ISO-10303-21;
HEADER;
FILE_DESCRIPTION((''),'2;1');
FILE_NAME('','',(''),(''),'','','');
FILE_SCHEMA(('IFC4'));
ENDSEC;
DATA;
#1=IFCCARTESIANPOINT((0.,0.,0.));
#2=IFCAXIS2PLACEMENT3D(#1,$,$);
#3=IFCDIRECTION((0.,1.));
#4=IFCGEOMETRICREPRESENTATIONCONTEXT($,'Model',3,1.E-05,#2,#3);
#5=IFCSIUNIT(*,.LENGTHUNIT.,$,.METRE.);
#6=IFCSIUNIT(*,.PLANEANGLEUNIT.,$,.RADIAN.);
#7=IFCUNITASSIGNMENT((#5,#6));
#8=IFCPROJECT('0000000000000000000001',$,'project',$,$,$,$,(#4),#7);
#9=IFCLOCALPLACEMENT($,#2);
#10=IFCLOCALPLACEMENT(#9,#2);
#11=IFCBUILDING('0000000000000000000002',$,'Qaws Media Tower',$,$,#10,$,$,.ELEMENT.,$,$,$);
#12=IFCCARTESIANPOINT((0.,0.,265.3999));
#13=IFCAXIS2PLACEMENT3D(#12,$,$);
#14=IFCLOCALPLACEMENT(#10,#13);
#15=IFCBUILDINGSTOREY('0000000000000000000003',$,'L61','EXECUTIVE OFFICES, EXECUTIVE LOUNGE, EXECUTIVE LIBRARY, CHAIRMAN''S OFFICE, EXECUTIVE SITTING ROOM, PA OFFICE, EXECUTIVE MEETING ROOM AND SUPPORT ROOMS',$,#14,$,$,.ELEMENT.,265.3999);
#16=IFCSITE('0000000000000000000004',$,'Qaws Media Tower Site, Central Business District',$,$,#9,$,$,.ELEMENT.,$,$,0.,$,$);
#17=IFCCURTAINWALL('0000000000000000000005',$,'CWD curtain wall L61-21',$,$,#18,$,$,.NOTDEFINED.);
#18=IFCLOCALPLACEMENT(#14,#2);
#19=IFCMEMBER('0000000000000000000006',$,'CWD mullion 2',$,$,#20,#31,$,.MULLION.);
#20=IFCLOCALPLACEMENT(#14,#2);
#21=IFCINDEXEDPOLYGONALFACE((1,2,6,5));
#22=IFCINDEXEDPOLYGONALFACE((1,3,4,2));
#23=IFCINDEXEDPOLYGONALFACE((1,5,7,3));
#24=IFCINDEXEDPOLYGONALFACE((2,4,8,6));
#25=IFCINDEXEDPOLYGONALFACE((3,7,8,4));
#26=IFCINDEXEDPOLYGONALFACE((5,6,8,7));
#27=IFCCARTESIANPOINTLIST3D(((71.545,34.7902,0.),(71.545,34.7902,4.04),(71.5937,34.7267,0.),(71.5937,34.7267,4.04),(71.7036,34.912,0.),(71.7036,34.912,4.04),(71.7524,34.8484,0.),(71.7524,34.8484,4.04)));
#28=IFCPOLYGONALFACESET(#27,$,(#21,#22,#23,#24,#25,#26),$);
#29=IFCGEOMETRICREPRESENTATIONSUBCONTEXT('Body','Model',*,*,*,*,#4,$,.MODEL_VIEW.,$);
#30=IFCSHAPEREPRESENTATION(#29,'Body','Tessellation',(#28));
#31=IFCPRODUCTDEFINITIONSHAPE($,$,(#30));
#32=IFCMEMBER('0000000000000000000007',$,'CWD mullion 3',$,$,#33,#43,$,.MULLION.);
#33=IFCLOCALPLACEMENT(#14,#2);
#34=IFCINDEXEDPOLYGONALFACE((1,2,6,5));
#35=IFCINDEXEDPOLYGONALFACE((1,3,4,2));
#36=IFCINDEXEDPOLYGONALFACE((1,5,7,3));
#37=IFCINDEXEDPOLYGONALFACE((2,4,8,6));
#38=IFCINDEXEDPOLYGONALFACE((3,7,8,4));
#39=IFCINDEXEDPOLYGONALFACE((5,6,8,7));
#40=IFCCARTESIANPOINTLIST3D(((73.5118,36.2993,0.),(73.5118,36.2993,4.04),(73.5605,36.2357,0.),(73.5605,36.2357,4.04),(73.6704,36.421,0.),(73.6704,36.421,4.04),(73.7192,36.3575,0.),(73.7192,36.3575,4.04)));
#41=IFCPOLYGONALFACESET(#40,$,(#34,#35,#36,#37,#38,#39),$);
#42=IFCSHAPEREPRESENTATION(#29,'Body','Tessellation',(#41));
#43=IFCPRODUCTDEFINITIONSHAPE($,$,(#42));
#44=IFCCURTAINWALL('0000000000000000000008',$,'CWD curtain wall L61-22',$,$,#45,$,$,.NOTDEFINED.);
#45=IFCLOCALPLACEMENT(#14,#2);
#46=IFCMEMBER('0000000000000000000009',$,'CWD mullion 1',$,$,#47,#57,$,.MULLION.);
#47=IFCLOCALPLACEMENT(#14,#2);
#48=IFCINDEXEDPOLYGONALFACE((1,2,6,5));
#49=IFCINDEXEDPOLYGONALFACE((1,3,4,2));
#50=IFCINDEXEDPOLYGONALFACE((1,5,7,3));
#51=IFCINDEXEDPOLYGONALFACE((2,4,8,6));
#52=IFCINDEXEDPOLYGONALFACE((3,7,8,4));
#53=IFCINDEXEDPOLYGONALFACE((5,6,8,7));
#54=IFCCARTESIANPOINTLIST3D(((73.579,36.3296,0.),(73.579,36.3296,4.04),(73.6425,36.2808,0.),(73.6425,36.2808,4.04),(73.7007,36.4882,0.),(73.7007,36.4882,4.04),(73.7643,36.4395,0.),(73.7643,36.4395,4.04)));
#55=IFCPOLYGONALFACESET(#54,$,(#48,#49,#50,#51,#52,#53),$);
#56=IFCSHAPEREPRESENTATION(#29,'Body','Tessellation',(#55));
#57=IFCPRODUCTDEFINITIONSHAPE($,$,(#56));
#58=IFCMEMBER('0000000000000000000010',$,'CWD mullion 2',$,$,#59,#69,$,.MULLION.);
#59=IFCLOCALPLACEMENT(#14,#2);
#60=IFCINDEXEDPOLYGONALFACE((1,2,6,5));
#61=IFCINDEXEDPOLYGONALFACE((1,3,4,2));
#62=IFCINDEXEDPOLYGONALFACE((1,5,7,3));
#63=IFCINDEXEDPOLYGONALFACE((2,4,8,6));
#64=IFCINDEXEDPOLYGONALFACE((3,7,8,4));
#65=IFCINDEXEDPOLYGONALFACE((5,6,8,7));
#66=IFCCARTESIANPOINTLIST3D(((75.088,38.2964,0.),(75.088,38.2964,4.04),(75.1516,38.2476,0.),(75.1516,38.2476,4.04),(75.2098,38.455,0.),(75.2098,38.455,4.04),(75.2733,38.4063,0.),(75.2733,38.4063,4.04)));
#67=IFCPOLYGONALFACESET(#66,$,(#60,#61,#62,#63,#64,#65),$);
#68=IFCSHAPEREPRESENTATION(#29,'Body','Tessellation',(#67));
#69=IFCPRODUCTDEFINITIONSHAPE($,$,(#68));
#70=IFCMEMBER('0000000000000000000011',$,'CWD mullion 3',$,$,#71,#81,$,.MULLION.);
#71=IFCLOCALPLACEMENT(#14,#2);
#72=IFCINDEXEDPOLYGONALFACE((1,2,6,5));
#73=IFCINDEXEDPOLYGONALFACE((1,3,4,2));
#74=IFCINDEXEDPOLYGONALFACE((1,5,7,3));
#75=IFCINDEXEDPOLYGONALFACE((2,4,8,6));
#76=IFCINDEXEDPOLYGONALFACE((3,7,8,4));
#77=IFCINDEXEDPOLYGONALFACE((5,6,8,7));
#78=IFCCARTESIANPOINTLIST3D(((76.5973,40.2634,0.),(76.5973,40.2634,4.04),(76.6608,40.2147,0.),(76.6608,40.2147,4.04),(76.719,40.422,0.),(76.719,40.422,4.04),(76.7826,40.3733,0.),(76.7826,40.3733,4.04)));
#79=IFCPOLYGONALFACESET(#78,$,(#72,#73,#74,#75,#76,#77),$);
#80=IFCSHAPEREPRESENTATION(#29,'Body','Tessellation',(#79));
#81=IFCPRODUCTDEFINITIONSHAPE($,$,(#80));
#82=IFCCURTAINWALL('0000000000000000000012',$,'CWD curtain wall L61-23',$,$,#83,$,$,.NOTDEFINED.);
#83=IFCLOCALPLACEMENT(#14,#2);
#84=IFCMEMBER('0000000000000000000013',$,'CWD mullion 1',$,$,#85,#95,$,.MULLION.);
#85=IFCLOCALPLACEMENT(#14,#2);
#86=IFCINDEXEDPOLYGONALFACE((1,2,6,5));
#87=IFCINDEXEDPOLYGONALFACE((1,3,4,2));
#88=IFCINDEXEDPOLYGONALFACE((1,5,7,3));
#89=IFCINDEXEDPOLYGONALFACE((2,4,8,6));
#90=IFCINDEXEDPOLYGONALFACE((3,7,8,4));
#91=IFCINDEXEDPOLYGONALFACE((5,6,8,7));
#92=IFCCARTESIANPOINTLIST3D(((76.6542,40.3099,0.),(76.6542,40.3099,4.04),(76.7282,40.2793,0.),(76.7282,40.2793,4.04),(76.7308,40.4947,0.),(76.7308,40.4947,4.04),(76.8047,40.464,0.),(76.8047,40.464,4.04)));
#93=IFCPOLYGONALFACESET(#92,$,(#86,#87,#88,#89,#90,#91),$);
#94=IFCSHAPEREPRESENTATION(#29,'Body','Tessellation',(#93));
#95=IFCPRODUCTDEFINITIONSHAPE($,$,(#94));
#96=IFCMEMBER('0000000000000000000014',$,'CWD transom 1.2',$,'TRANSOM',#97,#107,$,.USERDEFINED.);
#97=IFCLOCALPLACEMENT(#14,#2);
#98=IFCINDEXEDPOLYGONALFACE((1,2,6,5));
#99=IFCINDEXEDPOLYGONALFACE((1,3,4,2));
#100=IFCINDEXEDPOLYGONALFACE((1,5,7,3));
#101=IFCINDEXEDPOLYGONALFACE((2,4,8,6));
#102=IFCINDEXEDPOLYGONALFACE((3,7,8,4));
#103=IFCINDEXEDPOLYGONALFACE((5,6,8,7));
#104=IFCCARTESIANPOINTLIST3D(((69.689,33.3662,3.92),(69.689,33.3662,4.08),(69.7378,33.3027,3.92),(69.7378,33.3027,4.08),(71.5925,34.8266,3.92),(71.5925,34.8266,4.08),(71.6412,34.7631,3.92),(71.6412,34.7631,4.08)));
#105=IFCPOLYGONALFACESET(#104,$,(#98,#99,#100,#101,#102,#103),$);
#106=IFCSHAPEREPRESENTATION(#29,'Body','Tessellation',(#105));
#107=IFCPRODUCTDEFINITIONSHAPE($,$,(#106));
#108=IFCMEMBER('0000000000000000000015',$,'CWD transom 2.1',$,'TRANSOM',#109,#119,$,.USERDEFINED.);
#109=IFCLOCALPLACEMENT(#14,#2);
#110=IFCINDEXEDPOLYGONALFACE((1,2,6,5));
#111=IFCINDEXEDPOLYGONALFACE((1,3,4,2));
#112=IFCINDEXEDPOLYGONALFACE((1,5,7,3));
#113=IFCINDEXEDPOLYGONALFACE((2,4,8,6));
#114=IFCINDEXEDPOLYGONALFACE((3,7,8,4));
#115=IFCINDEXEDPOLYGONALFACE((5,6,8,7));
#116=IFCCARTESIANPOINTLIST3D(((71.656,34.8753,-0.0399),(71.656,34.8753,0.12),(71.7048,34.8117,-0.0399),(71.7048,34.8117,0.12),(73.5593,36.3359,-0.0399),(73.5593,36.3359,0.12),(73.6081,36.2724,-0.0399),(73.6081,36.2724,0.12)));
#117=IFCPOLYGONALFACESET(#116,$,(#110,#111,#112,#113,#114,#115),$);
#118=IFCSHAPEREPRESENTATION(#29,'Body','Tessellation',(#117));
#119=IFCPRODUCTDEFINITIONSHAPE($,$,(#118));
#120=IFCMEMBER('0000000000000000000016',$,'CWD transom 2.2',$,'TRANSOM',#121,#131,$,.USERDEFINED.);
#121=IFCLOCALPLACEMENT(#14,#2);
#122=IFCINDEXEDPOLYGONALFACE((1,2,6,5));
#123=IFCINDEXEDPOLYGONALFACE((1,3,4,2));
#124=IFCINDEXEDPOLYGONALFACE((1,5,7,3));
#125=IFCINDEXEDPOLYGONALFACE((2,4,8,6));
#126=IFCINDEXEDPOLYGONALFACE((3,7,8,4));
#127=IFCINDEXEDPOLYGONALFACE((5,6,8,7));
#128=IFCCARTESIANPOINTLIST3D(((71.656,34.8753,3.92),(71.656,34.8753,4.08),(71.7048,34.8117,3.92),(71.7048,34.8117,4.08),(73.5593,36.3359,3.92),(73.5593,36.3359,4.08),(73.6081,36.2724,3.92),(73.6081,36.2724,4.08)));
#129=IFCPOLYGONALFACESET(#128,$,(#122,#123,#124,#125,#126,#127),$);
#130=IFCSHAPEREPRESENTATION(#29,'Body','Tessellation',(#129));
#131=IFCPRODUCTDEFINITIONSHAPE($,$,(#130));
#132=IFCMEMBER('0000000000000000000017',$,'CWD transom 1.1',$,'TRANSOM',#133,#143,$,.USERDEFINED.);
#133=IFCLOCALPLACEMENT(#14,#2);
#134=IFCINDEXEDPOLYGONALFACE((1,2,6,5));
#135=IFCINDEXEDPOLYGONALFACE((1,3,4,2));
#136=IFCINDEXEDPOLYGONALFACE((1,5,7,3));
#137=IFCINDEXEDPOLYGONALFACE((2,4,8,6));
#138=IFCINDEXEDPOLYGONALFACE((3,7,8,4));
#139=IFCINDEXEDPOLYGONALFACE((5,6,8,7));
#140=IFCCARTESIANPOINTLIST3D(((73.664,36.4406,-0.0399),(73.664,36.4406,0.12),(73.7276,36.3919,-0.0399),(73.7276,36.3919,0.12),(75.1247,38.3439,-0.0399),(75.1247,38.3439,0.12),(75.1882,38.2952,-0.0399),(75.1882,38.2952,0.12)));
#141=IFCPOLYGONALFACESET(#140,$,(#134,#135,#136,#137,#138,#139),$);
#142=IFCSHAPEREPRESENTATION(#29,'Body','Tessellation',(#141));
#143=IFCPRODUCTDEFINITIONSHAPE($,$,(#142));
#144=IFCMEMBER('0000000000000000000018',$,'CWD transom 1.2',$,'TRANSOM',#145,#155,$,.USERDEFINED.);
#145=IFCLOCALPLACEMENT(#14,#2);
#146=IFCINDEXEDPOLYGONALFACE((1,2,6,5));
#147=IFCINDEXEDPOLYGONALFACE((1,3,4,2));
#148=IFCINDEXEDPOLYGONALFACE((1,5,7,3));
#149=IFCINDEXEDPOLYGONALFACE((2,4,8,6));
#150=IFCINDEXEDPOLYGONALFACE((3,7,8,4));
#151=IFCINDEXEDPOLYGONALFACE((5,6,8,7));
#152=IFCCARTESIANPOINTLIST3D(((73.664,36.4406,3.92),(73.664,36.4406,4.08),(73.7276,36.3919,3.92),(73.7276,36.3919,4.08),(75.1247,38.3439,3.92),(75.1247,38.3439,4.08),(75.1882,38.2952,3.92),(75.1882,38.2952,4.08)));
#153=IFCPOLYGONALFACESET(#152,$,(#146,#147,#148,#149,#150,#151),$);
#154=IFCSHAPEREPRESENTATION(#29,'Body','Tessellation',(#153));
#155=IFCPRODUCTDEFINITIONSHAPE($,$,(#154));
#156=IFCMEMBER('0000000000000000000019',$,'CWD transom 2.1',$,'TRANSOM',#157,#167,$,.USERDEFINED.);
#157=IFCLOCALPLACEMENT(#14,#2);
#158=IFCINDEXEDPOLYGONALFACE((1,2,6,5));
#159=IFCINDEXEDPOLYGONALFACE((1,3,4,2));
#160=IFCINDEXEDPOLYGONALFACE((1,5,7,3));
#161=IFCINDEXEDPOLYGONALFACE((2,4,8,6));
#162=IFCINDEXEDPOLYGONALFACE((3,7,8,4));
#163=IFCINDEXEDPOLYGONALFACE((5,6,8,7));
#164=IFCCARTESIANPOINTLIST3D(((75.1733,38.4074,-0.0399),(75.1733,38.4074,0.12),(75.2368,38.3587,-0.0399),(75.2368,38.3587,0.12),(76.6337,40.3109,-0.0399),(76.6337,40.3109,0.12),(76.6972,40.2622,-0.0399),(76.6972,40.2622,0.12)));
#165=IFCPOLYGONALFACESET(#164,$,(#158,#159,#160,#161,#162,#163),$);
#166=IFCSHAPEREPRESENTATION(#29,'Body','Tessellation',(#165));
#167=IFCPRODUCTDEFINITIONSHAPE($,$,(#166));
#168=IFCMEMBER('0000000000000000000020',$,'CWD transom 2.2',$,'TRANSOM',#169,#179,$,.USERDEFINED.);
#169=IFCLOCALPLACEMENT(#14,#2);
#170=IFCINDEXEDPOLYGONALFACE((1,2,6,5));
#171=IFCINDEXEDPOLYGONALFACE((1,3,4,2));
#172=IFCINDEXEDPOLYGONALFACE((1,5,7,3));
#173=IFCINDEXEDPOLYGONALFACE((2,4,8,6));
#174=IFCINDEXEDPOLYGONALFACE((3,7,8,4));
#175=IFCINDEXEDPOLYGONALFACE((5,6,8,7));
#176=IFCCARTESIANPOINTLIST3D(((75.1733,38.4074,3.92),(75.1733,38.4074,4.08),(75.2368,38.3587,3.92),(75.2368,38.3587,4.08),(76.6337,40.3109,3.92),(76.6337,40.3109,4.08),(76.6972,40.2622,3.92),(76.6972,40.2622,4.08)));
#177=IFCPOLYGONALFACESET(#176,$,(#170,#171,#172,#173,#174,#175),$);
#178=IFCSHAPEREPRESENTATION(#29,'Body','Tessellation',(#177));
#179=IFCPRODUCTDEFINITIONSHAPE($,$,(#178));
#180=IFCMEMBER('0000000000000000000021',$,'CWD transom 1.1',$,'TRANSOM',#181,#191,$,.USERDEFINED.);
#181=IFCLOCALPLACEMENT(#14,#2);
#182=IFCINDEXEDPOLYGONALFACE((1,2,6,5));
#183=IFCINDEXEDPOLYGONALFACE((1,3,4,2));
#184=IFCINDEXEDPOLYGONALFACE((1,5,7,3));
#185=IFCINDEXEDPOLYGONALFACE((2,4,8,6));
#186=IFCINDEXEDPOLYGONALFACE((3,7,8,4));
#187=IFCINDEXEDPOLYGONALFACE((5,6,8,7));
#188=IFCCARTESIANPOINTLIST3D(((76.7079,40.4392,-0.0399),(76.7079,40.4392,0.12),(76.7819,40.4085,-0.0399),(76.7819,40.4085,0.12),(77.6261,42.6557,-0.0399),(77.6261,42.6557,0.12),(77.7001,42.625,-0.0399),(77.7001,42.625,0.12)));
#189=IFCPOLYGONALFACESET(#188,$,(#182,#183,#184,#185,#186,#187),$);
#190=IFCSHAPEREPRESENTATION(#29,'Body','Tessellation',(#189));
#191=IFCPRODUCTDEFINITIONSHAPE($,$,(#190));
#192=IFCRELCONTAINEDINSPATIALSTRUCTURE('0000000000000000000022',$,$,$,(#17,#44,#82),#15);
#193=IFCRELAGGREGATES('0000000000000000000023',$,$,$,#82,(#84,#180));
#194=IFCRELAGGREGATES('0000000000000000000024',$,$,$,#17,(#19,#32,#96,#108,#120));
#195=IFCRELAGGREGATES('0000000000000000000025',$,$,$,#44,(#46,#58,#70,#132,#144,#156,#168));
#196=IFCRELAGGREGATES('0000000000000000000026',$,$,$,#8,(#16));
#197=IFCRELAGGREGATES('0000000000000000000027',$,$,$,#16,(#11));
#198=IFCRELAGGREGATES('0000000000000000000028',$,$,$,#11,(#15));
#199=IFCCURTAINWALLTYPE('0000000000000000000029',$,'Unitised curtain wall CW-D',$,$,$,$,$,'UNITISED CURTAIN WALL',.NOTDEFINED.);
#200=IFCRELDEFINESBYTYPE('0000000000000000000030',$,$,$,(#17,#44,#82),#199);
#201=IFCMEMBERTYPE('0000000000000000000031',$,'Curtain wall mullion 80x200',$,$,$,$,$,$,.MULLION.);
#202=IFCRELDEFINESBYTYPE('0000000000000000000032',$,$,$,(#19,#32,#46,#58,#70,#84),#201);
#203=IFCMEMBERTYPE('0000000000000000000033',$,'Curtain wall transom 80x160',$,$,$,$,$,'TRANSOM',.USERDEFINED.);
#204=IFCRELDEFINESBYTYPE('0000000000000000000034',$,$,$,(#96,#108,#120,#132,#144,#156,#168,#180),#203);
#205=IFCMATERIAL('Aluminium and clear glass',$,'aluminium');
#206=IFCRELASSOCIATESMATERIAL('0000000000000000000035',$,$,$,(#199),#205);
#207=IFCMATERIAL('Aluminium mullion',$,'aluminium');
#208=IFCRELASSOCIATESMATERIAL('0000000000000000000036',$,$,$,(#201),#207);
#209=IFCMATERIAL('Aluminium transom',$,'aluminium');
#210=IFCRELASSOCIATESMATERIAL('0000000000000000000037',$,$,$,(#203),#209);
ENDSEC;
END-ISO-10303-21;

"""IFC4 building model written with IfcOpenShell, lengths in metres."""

from ifc_helpers import new_model, si_unit, direction, frame, origin, origin_2d, place, context, subcontext, project, spatial, rectangle, extrude, material, material_profile, profile_set, type_object, element, aggregate, save


model = new_model("IFC4")

# Units and contexts
model_context = context("Model", 3, precision=1e-05, world=origin(), true_north=direction((0.0, 1.0)))
body_context = subcontext(model_context, "Body", "Model", "MODEL_VIEW")
ifc_project = project(units=[si_unit("LENGTHUNIT", "METRE"), si_unit("PLANEANGLEUNIT", "RADIAN")], contexts=[model_context])

# Site, building, storey
site_placement = place(None, origin())
site = spatial("IfcSite", under=ifc_project, at=site_placement, Name="Qaws Media Tower Site, Central Business District", CompositionType="ELEMENT", RefElevation=0.0)
building_placement = place(site_placement, origin())
building = spatial("IfcBuilding", under=site, at=building_placement, Name="Qaws Media Tower", CompositionType="ELEMENT")
storey_placement = place(building_placement, frame((0.0, 0.0, 265.3999)))
storey = spatial("IfcBuildingStorey", under=building, at=storey_placement, Name="L61", Description="EXECUTIVE OFFICES, EXECUTIVE LOUNGE, EXECUTIVE LIBRARY, CHAIRMAN'S OFFICE, EXECUTIVE SITTING ROOM, PA OFFICE, EXECUTIVE MEETING ROOM AND SUPPORT ROOMS", CompositionType="ELEMENT", Elevation=265.3999)

# Curtain walls, members
ifc_material_1 = material(Name="Aluminium and clear glass", Category="aluminium")
curtain_wall_type = type_object("IfcCurtainWallType", Name="Unitised curtain wall CW-D", ElementType="UNITISED CURTAIN WALL", PredefinedType="NOTDEFINED", material=ifc_material_1)
curtain_wall_1_placement = place(storey_placement, origin())
curtain_wall_1 = element("IfcCurtainWall", 1, at=curtain_wall_1_placement, inside=storey, type_object=curtain_wall_type, Name="CWD curtain wall L61-21", PredefinedType="NOTDEFINED")
ifc_material_2 = material(Name="Aluminium mullion", Category="aluminium")
ifc_material_profile_1 = material_profile(ifc_material_2, rectangle(XDim=0.0801, YDim=0.2, at=origin_2d()), Name="80x200")
ifc_profile_set_1 = profile_set([ifc_material_profile_1], Name="Aluminium mullion")
member_type_1 = type_object("IfcMemberType", Name="Curtain wall mullion 80x200", PredefinedType="MULLION", material=ifc_profile_set_1)
member_1_placement = place(storey_placement, frame((71.6487, 34.8193, 0.0), z_axis=(0.0, 0.0, 1.0), x_axis=(-0.608761, 0.793353, 0.0)))
member_1 = element("IfcMember", 2, at=member_1_placement, type_object=member_type_1, Name="CWD mullion 2", PredefinedType="MULLION", context=body_context, shape_type="SweptSolid", body=[
    extrude(rectangle(XDim=0.0801, YDim=0.2, at=origin_2d()), origin(), (0.0, 0.0, 1.0), 4.04),
])
member_2_placement = place(storey_placement, frame((73.6155, 36.3284, 0.0), z_axis=(0.0, 0.0, 1.0), x_axis=(-0.608761, 0.793353, 0.0)))
member_2 = element("IfcMember", 3, at=member_2_placement, type_object=member_type_1, Name="CWD mullion 3", PredefinedType="MULLION", context=body_context, shape_type="SweptSolid", body=[
    extrude(rectangle(XDim=0.0801, YDim=0.2, at=origin_2d()), origin(), (0.0, 0.0, 1.0), 4.04),
])
curtain_wall_2_placement = place(storey_placement, origin())
curtain_wall_2 = element("IfcCurtainWall", 4, at=curtain_wall_2_placement, inside=storey, type_object=curtain_wall_type, Name="CWD curtain wall L61-22", PredefinedType="NOTDEFINED")
member_3_placement = place(storey_placement, frame((73.6716, 36.3845, 0.0), z_axis=(0.0, 0.0, 1.0), x_axis=(-0.793353, 0.608761, 0.0)))
member_3 = element("IfcMember", 5, at=member_3_placement, type_object=member_type_1, Name="CWD mullion 1", PredefinedType="MULLION", context=body_context, shape_type="SweptSolid", body=[
    extrude(rectangle(XDim=0.0801, YDim=0.2, at=origin_2d()), origin(), (0.0, 0.0, 1.0), 4.04),
])
member_4_placement = place(storey_placement, frame((75.1807, 38.3513, 0.0), z_axis=(0.0, 0.0, 1.0), x_axis=(-0.793353, 0.608761, 0.0)))
member_4 = element("IfcMember", 6, at=member_4_placement, type_object=member_type_1, Name="CWD mullion 2", PredefinedType="MULLION", context=body_context, shape_type="SweptSolid", body=[
    extrude(rectangle(XDim=0.0801, YDim=0.2, at=origin_2d()), origin(), (0.0, 0.0, 1.0), 4.04),
])
member_5_placement = place(storey_placement, frame((76.6899, 40.3184, 0.0), z_axis=(0.0, 0.0, 1.0), x_axis=(-0.793353, 0.608761, 0.0)))
member_5 = element("IfcMember", 7, at=member_5_placement, type_object=member_type_1, Name="CWD mullion 3", PredefinedType="MULLION", context=body_context, shape_type="SweptSolid", body=[
    extrude(rectangle(XDim=0.0801, YDim=0.2, at=origin_2d()), origin(), (0.0, 0.0, 1.0), 4.04),
])

# Curtain wall, member
curtain_wall_3_placement = place(storey_placement, origin())
curtain_wall_3 = element("IfcCurtainWall", 8, at=curtain_wall_3_placement, inside=storey, type_object=curtain_wall_type, Name="CWD curtain wall L61-23", PredefinedType="NOTDEFINED")
member_6_placement = place(storey_placement, frame((76.7295, 40.387, 0.0), z_axis=(0.0, 0.0, 1.0), x_axis=(-0.92388, 0.382683, 0.0)))
member_6 = element("IfcMember", 9, at=member_6_placement, type_object=member_type_1, Name="CWD mullion 1", PredefinedType="MULLION", context=body_context, shape_type="SweptSolid", body=[
    extrude(rectangle(XDim=0.0801, YDim=0.2, at=origin_2d()), origin(), (0.0, 0.0, 1.0), 4.04),
])

# Members
ifc_material_3 = material(Name="Aluminium transom", Category="aluminium")
ifc_material_profile_2 = material_profile(ifc_material_3, rectangle(XDim=0.0801, YDim=0.1599, at=origin_2d()), Name="80x160")
ifc_profile_set_2 = profile_set([ifc_material_profile_2], Name="Aluminium transom")
member_type_2 = type_object("IfcMemberType", Name="Curtain wall transom 80x160", ElementType="TRANSOM", PredefinedType="USERDEFINED", material=ifc_profile_set_2)
member_7_placement = place(storey_placement, frame((69.7134, 33.3345, 4.0), z_axis=(0.793395, 0.608707, 0.0), x_axis=(-0.608707, 0.793395, 0.0)))
member_7 = element("IfcMember", 10, at=member_7_placement, type_object=member_type_2, Name="CWD transom 1.2", ObjectType="TRANSOM", PredefinedType="USERDEFINED", context=body_context, shape_type="SweptSolid", body=[
    extrude(rectangle(XDim=0.0801, YDim=0.1599, at=origin_2d()), origin(), (0.0, 0.0, 1.0), 2.3992),
])
member_8_placement = place(storey_placement, frame((71.6804, 34.8435, 0.04), z_axis=(0.793308, 0.60882, 0.0), x_axis=(-0.60882, 0.793308, 0.0)))
member_8 = element("IfcMember", 11, at=member_8_placement, type_object=member_type_2, Name="CWD transom 2.1", ObjectType="TRANSOM", PredefinedType="USERDEFINED", context=body_context, shape_type="SweptSolid", body=[
    extrude(rectangle(XDim=0.0801, YDim=0.1599, at=origin_2d()), origin(), (0.0, 0.0, 1.0), 2.3992),
])
member_9_placement = place(storey_placement, frame((71.6804, 34.8435, 4.0), z_axis=(0.793308, 0.60882, 0.0), x_axis=(-0.60882, 0.793308, 0.0)))
member_9 = element("IfcMember", 12, at=member_9_placement, type_object=member_type_2, Name="CWD transom 2.2", ObjectType="TRANSOM", PredefinedType="USERDEFINED", context=body_context, shape_type="SweptSolid", body=[
    extrude(rectangle(XDim=0.0801, YDim=0.1599, at=origin_2d()), origin(), (0.0, 0.0, 1.0), 2.3992),
])
member_10_placement = place(storey_placement, frame((73.6958, 36.4163, 0.04), z_axis=(0.60882, 0.793308, 0.0), x_axis=(-0.793308, 0.60882, 0.0)))
member_10 = element("IfcMember", 13, at=member_10_placement, type_object=member_type_2, Name="CWD transom 1.1", ObjectType="TRANSOM", PredefinedType="USERDEFINED", context=body_context, shape_type="SweptSolid", body=[
    extrude(rectangle(XDim=0.0801, YDim=0.1599, at=origin_2d()), origin(), (0.0, 0.0, 1.0), 2.3992),
])
member_11_placement = place(storey_placement, frame((73.6958, 36.4163, 4.0), z_axis=(0.60882, 0.793308, 0.0), x_axis=(-0.793308, 0.60882, 0.0)))
member_11 = element("IfcMember", 14, at=member_11_placement, type_object=member_type_2, Name="CWD transom 1.2", ObjectType="TRANSOM", PredefinedType="USERDEFINED", context=body_context, shape_type="SweptSolid", body=[
    extrude(rectangle(XDim=0.0801, YDim=0.1599, at=origin_2d()), origin(), (0.0, 0.0, 1.0), 2.3992),
])
member_12_placement = place(storey_placement, frame((75.2051, 38.3831, 0.04), z_axis=(0.608707, 0.793395, 0.0), x_axis=(-0.793395, 0.608707, 0.0)))
member_12 = element("IfcMember", 15, at=member_12_placement, type_object=member_type_2, Name="CWD transom 2.1", ObjectType="TRANSOM", PredefinedType="USERDEFINED", context=body_context, shape_type="SweptSolid", body=[
    extrude(rectangle(XDim=0.0801, YDim=0.1599, at=origin_2d()), origin(), (0.0, 0.0, 1.0), 2.3992),
])
member_13_placement = place(storey_placement, frame((75.2051, 38.3831, 4.0), z_axis=(0.608707, 0.793395, 0.0), x_axis=(-0.793395, 0.608707, 0.0)))
member_13 = element("IfcMember", 16, at=member_13_placement, type_object=member_type_2, Name="CWD transom 2.2", ObjectType="TRANSOM", PredefinedType="USERDEFINED", context=body_context, shape_type="SweptSolid", body=[
    extrude(rectangle(XDim=0.0801, YDim=0.1599, at=origin_2d()), origin(), (0.0, 0.0, 1.0), 2.3992),
])
member_14_placement = place(storey_placement, frame((76.7449, 40.4238, 0.04), z_axis=(0.382714, 0.923867, 0.0), x_axis=(-0.923867, 0.382714, 0.0)))
member_14 = element("IfcMember", 17, at=member_14_placement, type_object=member_type_2, Name="CWD transom 1.1", ObjectType="TRANSOM", PredefinedType="USERDEFINED", context=body_context, shape_type="SweptSolid", body=[
    extrude(rectangle(XDim=0.0801, YDim=0.1599, at=origin_2d()), origin(), (0.0, 0.0, 1.0), 2.3992),
])
aggregate(curtain_wall_3, [member_6, member_14])

aggregate(curtain_wall_1, [member_1, member_2, member_7, member_8, member_9])
aggregate(curtain_wall_2, [member_3, member_4, member_5, member_10, member_11, member_12, member_13])

save(model, "model.ifc")
